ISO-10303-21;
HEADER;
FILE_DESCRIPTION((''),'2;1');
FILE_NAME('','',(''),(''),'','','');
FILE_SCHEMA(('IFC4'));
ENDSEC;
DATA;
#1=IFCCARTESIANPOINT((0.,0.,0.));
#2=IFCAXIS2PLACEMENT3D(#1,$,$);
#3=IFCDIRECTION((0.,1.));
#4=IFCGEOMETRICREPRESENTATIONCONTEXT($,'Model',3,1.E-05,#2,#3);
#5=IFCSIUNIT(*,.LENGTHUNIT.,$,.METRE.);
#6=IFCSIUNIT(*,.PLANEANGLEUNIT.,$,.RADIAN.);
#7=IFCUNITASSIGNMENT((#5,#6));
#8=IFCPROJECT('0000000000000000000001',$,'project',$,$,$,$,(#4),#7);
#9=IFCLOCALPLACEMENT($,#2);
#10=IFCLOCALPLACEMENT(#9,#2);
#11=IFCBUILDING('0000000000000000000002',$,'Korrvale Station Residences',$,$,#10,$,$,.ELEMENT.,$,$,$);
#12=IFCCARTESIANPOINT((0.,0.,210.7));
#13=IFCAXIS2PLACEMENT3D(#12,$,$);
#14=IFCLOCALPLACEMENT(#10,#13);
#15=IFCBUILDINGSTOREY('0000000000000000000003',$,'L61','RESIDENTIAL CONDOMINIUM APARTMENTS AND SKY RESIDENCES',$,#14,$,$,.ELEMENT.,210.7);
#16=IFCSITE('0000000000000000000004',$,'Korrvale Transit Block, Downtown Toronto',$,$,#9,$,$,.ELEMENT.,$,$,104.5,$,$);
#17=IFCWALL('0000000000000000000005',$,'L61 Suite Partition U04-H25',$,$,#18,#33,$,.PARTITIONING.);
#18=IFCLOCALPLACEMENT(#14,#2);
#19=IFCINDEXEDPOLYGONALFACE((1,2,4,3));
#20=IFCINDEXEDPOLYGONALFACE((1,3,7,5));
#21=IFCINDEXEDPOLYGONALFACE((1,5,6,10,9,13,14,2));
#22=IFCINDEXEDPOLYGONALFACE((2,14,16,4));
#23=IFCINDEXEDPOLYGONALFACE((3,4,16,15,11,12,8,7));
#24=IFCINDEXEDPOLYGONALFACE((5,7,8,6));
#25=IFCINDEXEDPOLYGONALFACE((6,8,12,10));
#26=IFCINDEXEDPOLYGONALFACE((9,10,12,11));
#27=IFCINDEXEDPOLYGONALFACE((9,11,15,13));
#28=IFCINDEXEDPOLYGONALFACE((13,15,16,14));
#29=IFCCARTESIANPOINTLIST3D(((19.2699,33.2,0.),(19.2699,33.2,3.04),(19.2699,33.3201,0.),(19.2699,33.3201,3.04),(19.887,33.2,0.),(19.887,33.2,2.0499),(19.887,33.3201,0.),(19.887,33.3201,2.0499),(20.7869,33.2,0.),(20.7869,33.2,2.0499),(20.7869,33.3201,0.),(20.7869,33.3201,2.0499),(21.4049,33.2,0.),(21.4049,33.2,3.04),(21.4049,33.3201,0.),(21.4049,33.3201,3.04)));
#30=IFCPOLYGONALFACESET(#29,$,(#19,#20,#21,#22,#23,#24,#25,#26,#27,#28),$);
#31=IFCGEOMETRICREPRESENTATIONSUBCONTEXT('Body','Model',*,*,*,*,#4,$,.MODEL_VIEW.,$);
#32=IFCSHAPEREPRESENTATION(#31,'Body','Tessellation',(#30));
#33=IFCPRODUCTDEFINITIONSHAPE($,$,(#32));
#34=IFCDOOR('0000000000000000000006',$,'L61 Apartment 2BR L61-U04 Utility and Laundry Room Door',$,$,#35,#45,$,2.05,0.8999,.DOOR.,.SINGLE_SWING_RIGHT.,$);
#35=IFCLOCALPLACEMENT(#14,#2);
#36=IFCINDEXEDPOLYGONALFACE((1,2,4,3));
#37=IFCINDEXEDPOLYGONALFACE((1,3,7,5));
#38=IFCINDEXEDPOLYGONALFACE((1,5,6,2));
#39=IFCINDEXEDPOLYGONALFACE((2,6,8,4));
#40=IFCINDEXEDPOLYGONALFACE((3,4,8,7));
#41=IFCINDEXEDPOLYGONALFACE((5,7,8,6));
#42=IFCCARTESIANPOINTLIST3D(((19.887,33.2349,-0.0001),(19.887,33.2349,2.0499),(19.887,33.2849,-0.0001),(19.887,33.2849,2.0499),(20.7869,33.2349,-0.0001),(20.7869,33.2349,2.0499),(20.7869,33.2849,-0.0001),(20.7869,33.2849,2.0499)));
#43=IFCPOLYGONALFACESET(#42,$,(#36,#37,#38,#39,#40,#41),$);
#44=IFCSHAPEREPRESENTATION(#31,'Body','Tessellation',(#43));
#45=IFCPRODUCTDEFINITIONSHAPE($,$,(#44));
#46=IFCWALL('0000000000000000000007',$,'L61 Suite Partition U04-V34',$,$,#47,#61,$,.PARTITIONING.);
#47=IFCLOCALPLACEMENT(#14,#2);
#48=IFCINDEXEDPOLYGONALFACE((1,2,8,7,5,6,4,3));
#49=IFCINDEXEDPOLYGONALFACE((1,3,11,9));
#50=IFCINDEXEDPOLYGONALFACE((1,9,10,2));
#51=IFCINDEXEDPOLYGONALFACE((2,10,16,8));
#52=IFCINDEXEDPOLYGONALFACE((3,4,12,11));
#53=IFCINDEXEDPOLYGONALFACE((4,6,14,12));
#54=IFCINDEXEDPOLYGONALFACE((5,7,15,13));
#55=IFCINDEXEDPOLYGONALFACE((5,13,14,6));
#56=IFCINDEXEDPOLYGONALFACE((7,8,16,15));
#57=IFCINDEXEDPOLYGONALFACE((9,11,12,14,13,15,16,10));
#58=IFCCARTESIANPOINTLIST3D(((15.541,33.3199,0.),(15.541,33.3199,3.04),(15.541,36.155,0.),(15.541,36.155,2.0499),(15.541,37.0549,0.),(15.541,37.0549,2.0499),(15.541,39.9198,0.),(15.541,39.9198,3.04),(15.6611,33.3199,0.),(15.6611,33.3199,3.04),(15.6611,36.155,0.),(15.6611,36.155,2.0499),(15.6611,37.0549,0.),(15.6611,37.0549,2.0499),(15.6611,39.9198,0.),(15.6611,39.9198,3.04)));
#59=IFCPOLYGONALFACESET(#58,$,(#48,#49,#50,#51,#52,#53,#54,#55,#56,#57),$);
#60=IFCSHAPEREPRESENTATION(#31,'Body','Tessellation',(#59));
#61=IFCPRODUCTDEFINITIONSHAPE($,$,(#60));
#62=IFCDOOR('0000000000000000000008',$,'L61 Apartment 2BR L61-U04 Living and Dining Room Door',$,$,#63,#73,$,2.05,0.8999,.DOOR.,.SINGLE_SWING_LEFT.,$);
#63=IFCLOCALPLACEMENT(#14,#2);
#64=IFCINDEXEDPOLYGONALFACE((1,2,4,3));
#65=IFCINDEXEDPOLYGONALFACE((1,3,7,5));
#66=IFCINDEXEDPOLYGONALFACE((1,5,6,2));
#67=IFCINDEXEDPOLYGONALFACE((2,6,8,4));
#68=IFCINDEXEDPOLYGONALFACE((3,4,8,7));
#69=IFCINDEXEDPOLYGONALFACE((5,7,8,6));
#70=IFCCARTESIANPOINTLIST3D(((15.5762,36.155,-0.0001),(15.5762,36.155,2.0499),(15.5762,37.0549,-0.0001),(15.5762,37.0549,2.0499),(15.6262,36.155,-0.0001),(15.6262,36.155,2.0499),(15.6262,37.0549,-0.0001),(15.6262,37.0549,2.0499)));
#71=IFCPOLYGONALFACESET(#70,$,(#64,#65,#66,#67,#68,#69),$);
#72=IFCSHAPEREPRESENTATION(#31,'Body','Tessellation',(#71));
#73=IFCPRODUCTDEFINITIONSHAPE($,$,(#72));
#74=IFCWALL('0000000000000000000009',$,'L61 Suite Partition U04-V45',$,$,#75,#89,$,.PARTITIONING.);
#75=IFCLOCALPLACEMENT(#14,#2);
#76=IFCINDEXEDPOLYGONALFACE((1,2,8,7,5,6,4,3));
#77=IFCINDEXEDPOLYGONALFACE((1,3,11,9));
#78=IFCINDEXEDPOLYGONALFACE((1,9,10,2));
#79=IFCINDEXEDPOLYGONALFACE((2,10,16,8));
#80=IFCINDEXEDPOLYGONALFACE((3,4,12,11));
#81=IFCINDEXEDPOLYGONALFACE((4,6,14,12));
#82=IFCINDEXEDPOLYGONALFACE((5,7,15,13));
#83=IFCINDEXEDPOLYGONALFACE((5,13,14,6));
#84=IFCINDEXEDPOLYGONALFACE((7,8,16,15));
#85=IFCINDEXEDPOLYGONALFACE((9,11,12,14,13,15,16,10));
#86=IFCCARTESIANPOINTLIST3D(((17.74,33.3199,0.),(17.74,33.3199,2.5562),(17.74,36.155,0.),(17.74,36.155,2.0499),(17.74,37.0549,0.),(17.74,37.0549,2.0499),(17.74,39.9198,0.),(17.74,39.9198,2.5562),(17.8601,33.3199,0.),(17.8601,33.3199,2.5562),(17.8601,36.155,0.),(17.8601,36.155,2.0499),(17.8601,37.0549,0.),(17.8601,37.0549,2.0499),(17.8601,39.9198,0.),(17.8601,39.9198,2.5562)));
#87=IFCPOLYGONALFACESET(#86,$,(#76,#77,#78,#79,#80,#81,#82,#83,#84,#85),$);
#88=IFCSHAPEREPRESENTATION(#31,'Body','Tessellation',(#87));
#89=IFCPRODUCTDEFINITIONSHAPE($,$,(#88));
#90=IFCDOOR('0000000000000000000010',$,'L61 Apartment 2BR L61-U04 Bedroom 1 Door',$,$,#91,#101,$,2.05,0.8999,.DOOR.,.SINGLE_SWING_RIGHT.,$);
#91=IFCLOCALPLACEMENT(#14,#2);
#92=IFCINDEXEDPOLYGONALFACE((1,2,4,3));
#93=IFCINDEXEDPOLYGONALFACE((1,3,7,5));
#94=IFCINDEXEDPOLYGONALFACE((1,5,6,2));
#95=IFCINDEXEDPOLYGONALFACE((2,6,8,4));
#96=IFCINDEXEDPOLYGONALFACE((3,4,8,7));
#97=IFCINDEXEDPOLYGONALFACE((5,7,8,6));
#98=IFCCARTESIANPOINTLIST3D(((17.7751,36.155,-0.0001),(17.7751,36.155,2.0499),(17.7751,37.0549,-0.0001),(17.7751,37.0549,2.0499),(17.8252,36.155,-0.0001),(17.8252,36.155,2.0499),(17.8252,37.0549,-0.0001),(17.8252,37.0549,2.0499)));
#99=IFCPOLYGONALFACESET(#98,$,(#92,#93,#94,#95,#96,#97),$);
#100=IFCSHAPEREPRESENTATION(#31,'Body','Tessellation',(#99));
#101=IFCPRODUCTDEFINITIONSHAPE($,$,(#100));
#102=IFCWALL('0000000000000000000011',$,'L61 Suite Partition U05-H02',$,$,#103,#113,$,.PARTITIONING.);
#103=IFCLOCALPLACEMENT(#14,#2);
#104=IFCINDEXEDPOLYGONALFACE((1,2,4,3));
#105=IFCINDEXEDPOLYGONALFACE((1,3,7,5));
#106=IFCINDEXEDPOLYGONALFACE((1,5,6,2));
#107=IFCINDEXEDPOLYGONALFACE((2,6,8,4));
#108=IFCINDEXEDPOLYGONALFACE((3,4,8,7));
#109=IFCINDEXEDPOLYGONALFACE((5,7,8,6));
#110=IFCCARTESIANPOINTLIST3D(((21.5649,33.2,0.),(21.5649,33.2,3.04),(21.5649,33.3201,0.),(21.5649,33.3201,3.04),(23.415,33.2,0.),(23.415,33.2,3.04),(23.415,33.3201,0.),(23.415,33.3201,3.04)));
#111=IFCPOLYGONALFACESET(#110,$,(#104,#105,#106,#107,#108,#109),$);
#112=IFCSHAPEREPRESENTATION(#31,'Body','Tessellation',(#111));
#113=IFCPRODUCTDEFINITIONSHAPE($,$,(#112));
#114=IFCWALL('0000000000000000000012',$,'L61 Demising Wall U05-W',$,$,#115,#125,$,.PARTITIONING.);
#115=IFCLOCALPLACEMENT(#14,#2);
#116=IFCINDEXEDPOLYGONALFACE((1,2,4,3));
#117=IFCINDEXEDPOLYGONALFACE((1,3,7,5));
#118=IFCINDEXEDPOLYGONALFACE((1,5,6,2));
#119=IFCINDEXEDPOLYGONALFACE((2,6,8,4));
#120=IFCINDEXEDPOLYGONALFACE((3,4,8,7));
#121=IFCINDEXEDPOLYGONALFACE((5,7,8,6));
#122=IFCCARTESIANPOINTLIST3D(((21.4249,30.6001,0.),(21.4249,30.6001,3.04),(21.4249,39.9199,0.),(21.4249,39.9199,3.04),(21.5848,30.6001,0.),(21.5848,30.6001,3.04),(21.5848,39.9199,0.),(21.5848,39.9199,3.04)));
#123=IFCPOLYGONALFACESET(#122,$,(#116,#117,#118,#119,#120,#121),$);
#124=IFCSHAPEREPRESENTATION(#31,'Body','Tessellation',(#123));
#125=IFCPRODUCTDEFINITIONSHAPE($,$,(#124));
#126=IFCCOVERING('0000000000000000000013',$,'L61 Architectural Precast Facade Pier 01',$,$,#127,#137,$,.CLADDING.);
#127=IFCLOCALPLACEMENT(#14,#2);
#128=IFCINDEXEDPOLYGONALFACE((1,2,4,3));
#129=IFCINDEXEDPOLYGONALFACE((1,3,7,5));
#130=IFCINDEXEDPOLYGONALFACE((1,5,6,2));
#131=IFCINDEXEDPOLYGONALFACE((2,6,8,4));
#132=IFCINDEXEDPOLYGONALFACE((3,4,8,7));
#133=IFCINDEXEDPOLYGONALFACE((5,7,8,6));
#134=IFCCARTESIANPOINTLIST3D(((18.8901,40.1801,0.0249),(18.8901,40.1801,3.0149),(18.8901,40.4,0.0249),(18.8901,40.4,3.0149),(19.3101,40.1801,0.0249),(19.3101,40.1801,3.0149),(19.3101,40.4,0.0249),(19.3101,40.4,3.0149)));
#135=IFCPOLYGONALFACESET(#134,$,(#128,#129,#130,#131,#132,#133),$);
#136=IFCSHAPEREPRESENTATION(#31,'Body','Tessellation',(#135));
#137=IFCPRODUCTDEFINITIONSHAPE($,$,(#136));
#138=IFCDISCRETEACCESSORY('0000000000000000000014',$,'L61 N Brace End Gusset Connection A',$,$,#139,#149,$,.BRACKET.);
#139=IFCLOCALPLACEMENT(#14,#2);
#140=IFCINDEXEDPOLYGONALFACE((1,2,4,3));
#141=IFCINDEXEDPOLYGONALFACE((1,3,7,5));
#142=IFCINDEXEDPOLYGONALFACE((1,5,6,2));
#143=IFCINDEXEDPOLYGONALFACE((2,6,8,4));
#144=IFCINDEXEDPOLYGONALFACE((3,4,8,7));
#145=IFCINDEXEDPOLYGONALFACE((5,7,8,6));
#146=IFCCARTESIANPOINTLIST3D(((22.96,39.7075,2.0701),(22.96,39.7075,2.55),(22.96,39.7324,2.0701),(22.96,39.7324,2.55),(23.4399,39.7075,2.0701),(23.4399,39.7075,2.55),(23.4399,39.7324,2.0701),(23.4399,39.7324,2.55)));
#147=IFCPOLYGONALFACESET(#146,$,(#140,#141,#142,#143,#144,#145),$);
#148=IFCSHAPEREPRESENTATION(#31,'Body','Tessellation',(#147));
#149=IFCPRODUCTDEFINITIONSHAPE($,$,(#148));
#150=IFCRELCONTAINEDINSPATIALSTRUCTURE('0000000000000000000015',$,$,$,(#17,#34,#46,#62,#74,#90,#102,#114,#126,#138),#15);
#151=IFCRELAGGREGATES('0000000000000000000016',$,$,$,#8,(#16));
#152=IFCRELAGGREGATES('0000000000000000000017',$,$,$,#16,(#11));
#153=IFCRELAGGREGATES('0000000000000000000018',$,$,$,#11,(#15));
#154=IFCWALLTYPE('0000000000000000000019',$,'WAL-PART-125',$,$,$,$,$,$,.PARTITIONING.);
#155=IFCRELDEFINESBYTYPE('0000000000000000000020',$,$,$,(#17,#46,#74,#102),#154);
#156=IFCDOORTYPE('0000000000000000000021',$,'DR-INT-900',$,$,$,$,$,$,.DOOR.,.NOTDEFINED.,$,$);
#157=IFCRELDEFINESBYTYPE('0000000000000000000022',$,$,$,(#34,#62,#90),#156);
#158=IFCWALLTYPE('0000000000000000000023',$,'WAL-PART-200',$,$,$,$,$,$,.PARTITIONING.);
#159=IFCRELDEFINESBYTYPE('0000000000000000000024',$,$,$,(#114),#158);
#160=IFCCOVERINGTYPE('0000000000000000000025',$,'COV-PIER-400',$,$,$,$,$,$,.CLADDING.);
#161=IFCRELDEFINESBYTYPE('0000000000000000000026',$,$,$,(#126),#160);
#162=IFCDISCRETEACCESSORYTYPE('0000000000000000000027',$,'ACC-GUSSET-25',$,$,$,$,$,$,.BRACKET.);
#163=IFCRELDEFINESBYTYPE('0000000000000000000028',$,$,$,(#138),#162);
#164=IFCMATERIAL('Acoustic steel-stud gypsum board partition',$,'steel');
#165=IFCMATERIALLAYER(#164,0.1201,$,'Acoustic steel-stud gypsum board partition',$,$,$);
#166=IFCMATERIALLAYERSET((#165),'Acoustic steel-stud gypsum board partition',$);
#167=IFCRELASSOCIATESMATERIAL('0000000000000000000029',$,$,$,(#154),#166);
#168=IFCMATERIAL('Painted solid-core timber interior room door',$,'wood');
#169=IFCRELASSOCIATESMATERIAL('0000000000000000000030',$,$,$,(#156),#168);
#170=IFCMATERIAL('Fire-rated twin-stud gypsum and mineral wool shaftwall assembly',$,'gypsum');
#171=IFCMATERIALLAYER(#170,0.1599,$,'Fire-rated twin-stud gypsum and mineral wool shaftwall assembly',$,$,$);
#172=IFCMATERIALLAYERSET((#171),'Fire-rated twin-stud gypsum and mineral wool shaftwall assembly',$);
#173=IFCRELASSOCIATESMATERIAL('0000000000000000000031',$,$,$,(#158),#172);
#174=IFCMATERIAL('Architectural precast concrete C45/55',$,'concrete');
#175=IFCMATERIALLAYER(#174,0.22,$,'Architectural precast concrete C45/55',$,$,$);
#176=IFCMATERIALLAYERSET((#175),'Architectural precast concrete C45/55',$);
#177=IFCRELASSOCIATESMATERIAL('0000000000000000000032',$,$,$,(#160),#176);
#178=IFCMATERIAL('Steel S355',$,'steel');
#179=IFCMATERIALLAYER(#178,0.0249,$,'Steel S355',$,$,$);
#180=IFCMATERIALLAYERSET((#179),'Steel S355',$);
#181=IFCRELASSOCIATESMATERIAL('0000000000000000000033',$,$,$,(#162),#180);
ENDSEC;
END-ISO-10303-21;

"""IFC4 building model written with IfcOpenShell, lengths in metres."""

from ifc_helpers import new_model, si_unit, direction, frame, frame_2d, origin, origin_2d, place, context, subcontext, project, spatial, rectangle, extrude, material, layer, layer_set, type_object, element, fill, save


model = new_model("IFC4")

# Units and contexts
model_context = context("Model", 3, precision=1e-05, world=origin(), true_north=direction((0.0, 1.0)))
body_context = subcontext(model_context, "Body", "Model", "MODEL_VIEW")
ifc_project = project(units=[si_unit("LENGTHUNIT", "METRE"), si_unit("PLANEANGLEUNIT", "RADIAN")], contexts=[model_context])

# Site, building, storey
site_placement = place(None, origin())
site = spatial("IfcSite", under=ifc_project, at=site_placement, Name="Korrvale Transit Block, Downtown Toronto", CompositionType="ELEMENT", RefElevation=104.5)
building_placement = place(site_placement, origin())
building = spatial("IfcBuilding", under=site, at=building_placement, Name="Korrvale Station Residences", CompositionType="ELEMENT")
storey_placement = place(building_placement, frame((0.0, 0.0, 210.7)))
storey = spatial("IfcBuildingStorey", under=building, at=storey_placement, Name="L61", Description="RESIDENTIAL CONDOMINIUM APARTMENTS AND SKY RESIDENCES", CompositionType="ELEMENT", Elevation=210.7)

# Shared definitions
ifc_material_1 = material(Name="Steel S355", Category="steel")

# Walls, openings, doors
ifc_material_2 = material(Name="Acoustic steel-stud gypsum board partition", Category="steel")
ifc_layer_1 = layer(ifc_material_2, 0.1201, Name="Acoustic steel-stud gypsum board partition")
ifc_layer_set_1 = layer_set([ifc_layer_1], Name="Acoustic steel-stud gypsum board partition")
wall_type_1 = type_object("IfcWallType", Name="WAL-PART-125", PredefinedType="PARTITIONING", material=ifc_layer_set_1)
ifc_material_3 = material(Name="Painted solid-core timber interior room door", Category="wood")
door_type_1 = type_object("IfcDoorType", Name="DR-INT-900", OperationType="NOTDEFINED", PredefinedType="DOOR", material=ifc_material_3)
wall_1_placement = place(storey_placement, frame((19.27, 33.26, 0.0), z_axis=(0.0, 0.0, 1.0), x_axis=(1.0, 0.0, 0.0)))
wall_1 = element("IfcWall", 1, at=wall_1_placement, inside=storey, type_object=wall_type_1, Name="L61 Suite Partition U04-H25", PredefinedType="PARTITIONING", context=body_context, shape_type="SweptSolid", body=[
    extrude(rectangle(XDim=2.135, YDim=0.1201, at=frame_2d((1.0674, 0.0))), origin(), (0.0, 0.0, 1.0), 3.04),
])
opening_1_placement = place(wall_1_placement, frame((0.6169, 0.0, 0.0)))
opening_1 = element("IfcOpeningElement", 2, at=opening_1_placement, cuts=wall_1, PredefinedType="OPENING", context=body_context, shape_type="SweptSolid", body=[
    extrude(rectangle(XDim=0.8999, YDim=2.05, at=frame_2d((0.45, 1.0249))), frame((0.0, 0.0701, 0.0), z_axis=(0.0, -1.0, 0.0), x_axis=(1.0, 0.0, 0.0)), (0.0, 0.0, 1.0), 0.1401),
])
door_1_placement = place(opening_1_placement, origin())
door_1 = element("IfcDoor", 3, at=door_1_placement, inside=storey, type_object=door_type_1, Name="L61 Apartment 2BR L61-U04 Utility and Laundry Room Door", OperationType="SINGLE_SWING_RIGHT", OverallHeight=2.05, OverallWidth=0.8999, PredefinedType="DOOR", context=body_context, shape_type="SweptSolid", body=[
    extrude(rectangle(XDim=0.8999, YDim=2.05, at=frame_2d((0.45, 1.0249))), frame((0.0, 0.0249, 0.0), z_axis=(0.0, -1.0, 0.0), x_axis=(1.0, 0.0, 0.0)), (0.0, 0.0, 1.0), 0.05),
])
fill(opening_1, door_1)
wall_2_placement = place(storey_placement, frame((15.6011, 33.3201, 0.0), z_axis=(0.0, 0.0, 1.0), x_axis=(0.0, 1.0, 0.0)))
wall_2 = element("IfcWall", 4, at=wall_2_placement, inside=storey, type_object=wall_type_1, Name="L61 Suite Partition U04-V34", PredefinedType="PARTITIONING", context=body_context, shape_type="SweptSolid", body=[
    extrude(rectangle(XDim=6.5999, YDim=0.1201, at=frame_2d((3.2998, 0.0))), origin(), (0.0, 0.0, 1.0), 3.04),
])
opening_2_placement = place(wall_2_placement, frame((2.835, 0.0, 0.0)))
opening_2 = element("IfcOpeningElement", 5, at=opening_2_placement, cuts=wall_2, PredefinedType="OPENING", context=body_context, shape_type="SweptSolid", body=[
    extrude(rectangle(XDim=0.8999, YDim=2.05, at=frame_2d((0.45, 1.0249))), frame((0.0, 0.0701, 0.0), z_axis=(0.0, -1.0, 0.0), x_axis=(1.0, 0.0, 0.0)), (0.0, 0.0, 1.0), 0.1401),
])
door_2_placement = place(opening_2_placement, origin())
door_2 = element("IfcDoor", 6, at=door_2_placement, inside=storey, type_object=door_type_1, Name="L61 Apartment 2BR L61-U04 Living and Dining Room Door", OperationType="SINGLE_SWING_LEFT", OverallHeight=2.05, OverallWidth=0.8999, PredefinedType="DOOR", context=body_context, shape_type="SweptSolid", body=[
    extrude(rectangle(XDim=0.8999, YDim=2.05, at=frame_2d((0.45, 1.0249))), frame((0.0, 0.0249, 0.0), z_axis=(0.0, -1.0, 0.0), x_axis=(1.0, 0.0, 0.0)), (0.0, 0.0, 1.0), 0.05),
])
fill(opening_2, door_2)
wall_3_placement = place(storey_placement, frame((17.8, 33.3201, 0.0), z_axis=(0.0, 0.0, 1.0), x_axis=(0.0, 1.0, 0.0)))
wall_3 = element("IfcWall", 7, at=wall_3_placement, inside=storey, type_object=wall_type_1, Name="L61 Suite Partition U04-V45", PredefinedType="PARTITIONING", context=body_context, shape_type="SweptSolid", body=[
    extrude(rectangle(XDim=6.5999, YDim=0.1201, at=frame_2d((3.2998, 0.0))), origin(), (0.0, 0.0, 1.0), 2.5562),
])
opening_3_placement = place(wall_3_placement, frame((2.835, 0.0, 0.0)))
opening_3 = element("IfcOpeningElement", 8, at=opening_3_placement, cuts=wall_3, PredefinedType="OPENING", context=body_context, shape_type="SweptSolid", body=[
    extrude(rectangle(XDim=0.8999, YDim=2.05, at=frame_2d((0.45, 1.0249))), frame((0.0, 0.0701, 0.0), z_axis=(0.0, -1.0, 0.0), x_axis=(1.0, 0.0, 0.0)), (0.0, 0.0, 1.0), 0.1401),
])
door_3_placement = place(opening_3_placement, origin())
door_3 = element("IfcDoor", 9, at=door_3_placement, inside=storey, type_object=door_type_1, Name="L61 Apartment 2BR L61-U04 Bedroom 1 Door", OperationType="SINGLE_SWING_RIGHT", OverallHeight=2.05, OverallWidth=0.8999, PredefinedType="DOOR", context=body_context, shape_type="SweptSolid", body=[
    extrude(rectangle(XDim=0.8999, YDim=2.05, at=frame_2d((0.45, 1.0249))), frame((0.0, 0.0249, 0.0), z_axis=(0.0, -1.0, 0.0), x_axis=(1.0, 0.0, 0.0)), (0.0, 0.0, 1.0), 0.05),
])
fill(opening_3, door_3)

# Walls
wall_4_placement = place(storey_placement, frame((21.5649, 33.26, 0.0), z_axis=(0.0, 0.0, 1.0), x_axis=(1.0, 0.0, 0.0)))
element("IfcWall", 10, at=wall_4_placement, inside=storey, type_object=wall_type_1, Name="L61 Suite Partition U05-H02", PredefinedType="PARTITIONING", context=body_context, shape_type="SweptSolid", body=[
    extrude(rectangle(XDim=1.8501, YDim=0.1201, at=frame_2d((0.925, 0.0))), origin(), (0.0, 0.0, 1.0), 3.04),
])
ifc_material_4 = material(Name="Fire-rated twin-stud gypsum and mineral wool shaftwall assembly", Category="gypsum")
ifc_layer_2 = layer(ifc_material_4, 0.1599, Name="Fire-rated twin-stud gypsum and mineral wool shaftwall assembly")
ifc_layer_set_2 = layer_set([ifc_layer_2], Name="Fire-rated twin-stud gypsum and mineral wool shaftwall assembly")
wall_type_2 = type_object("IfcWallType", Name="WAL-PART-200", PredefinedType="PARTITIONING", material=ifc_layer_set_2)
wall_5_placement = place(storey_placement, frame((21.5049, 30.6001, 0.0), z_axis=(0.0, 0.0, 1.0), x_axis=(0.0, 1.0, 0.0)))
element("IfcWall", 11, at=wall_5_placement, inside=storey, type_object=wall_type_2, Name="L61 Demising Wall U05-W", PredefinedType="PARTITIONING", context=body_context, shape_type="SweptSolid", body=[
    extrude(rectangle(XDim=9.3198, YDim=0.1599, at=frame_2d((4.6599, 0.0))), origin(), (0.0, 0.0, 1.0), 3.04),
])

# Covering
ifc_material_5 = material(Name="Architectural precast concrete C45/55", Category="concrete")
ifc_layer_3 = layer(ifc_material_5, 0.22, Name="Architectural precast concrete C45/55")
ifc_layer_set_3 = layer_set([ifc_layer_3], Name="Architectural precast concrete C45/55")
covering_type = type_object("IfcCoveringType", Name="COV-PIER-400", PredefinedType="CLADDING", material=ifc_layer_set_3)
covering_placement = place(storey_placement, frame((19.1001, 40.29, 0.0249), z_axis=(0.0, 0.0, 1.0), x_axis=(1.0, 0.0, 0.0)))
element("IfcCovering", 12, at=covering_placement, inside=storey, type_object=covering_type, Name="L61 Architectural Precast Facade Pier 01", PredefinedType="CLADDING", context=body_context, shape_type="SweptSolid", body=[
    extrude(rectangle(XDim=0.4199, YDim=0.22, at=origin_2d()), origin(), (0.0, 0.0, 1.0), 2.99),
])

# Discrete accessory
ifc_layer_4 = layer(ifc_material_1, 0.0249, Name="Steel S355")
ifc_layer_set_4 = layer_set([ifc_layer_4], Name="Steel S355")
discrete_accessory_type = type_object("IfcDiscreteAccessoryType", Name="ACC-GUSSET-25", PredefinedType="BRACKET", material=ifc_layer_set_4)
discrete_accessory_placement = place(storey_placement, frame((23.2, 39.72, 2.0701), z_axis=(0.0, 0.0, 1.0), x_axis=(1.0, 0.0, 0.0)))
element("IfcDiscreteAccessory", 13, at=discrete_accessory_placement, inside=storey, type_object=discrete_accessory_type, Name="L61 N Brace End Gusset Connection A", PredefinedType="BRACKET", context=body_context, shape_type="SweptSolid", body=[
    extrude(rectangle(XDim=0.48, YDim=0.0249, at=origin_2d()), origin(), (0.0, 0.0, 1.0), 0.48),
])

save(model, "model.ifc")
